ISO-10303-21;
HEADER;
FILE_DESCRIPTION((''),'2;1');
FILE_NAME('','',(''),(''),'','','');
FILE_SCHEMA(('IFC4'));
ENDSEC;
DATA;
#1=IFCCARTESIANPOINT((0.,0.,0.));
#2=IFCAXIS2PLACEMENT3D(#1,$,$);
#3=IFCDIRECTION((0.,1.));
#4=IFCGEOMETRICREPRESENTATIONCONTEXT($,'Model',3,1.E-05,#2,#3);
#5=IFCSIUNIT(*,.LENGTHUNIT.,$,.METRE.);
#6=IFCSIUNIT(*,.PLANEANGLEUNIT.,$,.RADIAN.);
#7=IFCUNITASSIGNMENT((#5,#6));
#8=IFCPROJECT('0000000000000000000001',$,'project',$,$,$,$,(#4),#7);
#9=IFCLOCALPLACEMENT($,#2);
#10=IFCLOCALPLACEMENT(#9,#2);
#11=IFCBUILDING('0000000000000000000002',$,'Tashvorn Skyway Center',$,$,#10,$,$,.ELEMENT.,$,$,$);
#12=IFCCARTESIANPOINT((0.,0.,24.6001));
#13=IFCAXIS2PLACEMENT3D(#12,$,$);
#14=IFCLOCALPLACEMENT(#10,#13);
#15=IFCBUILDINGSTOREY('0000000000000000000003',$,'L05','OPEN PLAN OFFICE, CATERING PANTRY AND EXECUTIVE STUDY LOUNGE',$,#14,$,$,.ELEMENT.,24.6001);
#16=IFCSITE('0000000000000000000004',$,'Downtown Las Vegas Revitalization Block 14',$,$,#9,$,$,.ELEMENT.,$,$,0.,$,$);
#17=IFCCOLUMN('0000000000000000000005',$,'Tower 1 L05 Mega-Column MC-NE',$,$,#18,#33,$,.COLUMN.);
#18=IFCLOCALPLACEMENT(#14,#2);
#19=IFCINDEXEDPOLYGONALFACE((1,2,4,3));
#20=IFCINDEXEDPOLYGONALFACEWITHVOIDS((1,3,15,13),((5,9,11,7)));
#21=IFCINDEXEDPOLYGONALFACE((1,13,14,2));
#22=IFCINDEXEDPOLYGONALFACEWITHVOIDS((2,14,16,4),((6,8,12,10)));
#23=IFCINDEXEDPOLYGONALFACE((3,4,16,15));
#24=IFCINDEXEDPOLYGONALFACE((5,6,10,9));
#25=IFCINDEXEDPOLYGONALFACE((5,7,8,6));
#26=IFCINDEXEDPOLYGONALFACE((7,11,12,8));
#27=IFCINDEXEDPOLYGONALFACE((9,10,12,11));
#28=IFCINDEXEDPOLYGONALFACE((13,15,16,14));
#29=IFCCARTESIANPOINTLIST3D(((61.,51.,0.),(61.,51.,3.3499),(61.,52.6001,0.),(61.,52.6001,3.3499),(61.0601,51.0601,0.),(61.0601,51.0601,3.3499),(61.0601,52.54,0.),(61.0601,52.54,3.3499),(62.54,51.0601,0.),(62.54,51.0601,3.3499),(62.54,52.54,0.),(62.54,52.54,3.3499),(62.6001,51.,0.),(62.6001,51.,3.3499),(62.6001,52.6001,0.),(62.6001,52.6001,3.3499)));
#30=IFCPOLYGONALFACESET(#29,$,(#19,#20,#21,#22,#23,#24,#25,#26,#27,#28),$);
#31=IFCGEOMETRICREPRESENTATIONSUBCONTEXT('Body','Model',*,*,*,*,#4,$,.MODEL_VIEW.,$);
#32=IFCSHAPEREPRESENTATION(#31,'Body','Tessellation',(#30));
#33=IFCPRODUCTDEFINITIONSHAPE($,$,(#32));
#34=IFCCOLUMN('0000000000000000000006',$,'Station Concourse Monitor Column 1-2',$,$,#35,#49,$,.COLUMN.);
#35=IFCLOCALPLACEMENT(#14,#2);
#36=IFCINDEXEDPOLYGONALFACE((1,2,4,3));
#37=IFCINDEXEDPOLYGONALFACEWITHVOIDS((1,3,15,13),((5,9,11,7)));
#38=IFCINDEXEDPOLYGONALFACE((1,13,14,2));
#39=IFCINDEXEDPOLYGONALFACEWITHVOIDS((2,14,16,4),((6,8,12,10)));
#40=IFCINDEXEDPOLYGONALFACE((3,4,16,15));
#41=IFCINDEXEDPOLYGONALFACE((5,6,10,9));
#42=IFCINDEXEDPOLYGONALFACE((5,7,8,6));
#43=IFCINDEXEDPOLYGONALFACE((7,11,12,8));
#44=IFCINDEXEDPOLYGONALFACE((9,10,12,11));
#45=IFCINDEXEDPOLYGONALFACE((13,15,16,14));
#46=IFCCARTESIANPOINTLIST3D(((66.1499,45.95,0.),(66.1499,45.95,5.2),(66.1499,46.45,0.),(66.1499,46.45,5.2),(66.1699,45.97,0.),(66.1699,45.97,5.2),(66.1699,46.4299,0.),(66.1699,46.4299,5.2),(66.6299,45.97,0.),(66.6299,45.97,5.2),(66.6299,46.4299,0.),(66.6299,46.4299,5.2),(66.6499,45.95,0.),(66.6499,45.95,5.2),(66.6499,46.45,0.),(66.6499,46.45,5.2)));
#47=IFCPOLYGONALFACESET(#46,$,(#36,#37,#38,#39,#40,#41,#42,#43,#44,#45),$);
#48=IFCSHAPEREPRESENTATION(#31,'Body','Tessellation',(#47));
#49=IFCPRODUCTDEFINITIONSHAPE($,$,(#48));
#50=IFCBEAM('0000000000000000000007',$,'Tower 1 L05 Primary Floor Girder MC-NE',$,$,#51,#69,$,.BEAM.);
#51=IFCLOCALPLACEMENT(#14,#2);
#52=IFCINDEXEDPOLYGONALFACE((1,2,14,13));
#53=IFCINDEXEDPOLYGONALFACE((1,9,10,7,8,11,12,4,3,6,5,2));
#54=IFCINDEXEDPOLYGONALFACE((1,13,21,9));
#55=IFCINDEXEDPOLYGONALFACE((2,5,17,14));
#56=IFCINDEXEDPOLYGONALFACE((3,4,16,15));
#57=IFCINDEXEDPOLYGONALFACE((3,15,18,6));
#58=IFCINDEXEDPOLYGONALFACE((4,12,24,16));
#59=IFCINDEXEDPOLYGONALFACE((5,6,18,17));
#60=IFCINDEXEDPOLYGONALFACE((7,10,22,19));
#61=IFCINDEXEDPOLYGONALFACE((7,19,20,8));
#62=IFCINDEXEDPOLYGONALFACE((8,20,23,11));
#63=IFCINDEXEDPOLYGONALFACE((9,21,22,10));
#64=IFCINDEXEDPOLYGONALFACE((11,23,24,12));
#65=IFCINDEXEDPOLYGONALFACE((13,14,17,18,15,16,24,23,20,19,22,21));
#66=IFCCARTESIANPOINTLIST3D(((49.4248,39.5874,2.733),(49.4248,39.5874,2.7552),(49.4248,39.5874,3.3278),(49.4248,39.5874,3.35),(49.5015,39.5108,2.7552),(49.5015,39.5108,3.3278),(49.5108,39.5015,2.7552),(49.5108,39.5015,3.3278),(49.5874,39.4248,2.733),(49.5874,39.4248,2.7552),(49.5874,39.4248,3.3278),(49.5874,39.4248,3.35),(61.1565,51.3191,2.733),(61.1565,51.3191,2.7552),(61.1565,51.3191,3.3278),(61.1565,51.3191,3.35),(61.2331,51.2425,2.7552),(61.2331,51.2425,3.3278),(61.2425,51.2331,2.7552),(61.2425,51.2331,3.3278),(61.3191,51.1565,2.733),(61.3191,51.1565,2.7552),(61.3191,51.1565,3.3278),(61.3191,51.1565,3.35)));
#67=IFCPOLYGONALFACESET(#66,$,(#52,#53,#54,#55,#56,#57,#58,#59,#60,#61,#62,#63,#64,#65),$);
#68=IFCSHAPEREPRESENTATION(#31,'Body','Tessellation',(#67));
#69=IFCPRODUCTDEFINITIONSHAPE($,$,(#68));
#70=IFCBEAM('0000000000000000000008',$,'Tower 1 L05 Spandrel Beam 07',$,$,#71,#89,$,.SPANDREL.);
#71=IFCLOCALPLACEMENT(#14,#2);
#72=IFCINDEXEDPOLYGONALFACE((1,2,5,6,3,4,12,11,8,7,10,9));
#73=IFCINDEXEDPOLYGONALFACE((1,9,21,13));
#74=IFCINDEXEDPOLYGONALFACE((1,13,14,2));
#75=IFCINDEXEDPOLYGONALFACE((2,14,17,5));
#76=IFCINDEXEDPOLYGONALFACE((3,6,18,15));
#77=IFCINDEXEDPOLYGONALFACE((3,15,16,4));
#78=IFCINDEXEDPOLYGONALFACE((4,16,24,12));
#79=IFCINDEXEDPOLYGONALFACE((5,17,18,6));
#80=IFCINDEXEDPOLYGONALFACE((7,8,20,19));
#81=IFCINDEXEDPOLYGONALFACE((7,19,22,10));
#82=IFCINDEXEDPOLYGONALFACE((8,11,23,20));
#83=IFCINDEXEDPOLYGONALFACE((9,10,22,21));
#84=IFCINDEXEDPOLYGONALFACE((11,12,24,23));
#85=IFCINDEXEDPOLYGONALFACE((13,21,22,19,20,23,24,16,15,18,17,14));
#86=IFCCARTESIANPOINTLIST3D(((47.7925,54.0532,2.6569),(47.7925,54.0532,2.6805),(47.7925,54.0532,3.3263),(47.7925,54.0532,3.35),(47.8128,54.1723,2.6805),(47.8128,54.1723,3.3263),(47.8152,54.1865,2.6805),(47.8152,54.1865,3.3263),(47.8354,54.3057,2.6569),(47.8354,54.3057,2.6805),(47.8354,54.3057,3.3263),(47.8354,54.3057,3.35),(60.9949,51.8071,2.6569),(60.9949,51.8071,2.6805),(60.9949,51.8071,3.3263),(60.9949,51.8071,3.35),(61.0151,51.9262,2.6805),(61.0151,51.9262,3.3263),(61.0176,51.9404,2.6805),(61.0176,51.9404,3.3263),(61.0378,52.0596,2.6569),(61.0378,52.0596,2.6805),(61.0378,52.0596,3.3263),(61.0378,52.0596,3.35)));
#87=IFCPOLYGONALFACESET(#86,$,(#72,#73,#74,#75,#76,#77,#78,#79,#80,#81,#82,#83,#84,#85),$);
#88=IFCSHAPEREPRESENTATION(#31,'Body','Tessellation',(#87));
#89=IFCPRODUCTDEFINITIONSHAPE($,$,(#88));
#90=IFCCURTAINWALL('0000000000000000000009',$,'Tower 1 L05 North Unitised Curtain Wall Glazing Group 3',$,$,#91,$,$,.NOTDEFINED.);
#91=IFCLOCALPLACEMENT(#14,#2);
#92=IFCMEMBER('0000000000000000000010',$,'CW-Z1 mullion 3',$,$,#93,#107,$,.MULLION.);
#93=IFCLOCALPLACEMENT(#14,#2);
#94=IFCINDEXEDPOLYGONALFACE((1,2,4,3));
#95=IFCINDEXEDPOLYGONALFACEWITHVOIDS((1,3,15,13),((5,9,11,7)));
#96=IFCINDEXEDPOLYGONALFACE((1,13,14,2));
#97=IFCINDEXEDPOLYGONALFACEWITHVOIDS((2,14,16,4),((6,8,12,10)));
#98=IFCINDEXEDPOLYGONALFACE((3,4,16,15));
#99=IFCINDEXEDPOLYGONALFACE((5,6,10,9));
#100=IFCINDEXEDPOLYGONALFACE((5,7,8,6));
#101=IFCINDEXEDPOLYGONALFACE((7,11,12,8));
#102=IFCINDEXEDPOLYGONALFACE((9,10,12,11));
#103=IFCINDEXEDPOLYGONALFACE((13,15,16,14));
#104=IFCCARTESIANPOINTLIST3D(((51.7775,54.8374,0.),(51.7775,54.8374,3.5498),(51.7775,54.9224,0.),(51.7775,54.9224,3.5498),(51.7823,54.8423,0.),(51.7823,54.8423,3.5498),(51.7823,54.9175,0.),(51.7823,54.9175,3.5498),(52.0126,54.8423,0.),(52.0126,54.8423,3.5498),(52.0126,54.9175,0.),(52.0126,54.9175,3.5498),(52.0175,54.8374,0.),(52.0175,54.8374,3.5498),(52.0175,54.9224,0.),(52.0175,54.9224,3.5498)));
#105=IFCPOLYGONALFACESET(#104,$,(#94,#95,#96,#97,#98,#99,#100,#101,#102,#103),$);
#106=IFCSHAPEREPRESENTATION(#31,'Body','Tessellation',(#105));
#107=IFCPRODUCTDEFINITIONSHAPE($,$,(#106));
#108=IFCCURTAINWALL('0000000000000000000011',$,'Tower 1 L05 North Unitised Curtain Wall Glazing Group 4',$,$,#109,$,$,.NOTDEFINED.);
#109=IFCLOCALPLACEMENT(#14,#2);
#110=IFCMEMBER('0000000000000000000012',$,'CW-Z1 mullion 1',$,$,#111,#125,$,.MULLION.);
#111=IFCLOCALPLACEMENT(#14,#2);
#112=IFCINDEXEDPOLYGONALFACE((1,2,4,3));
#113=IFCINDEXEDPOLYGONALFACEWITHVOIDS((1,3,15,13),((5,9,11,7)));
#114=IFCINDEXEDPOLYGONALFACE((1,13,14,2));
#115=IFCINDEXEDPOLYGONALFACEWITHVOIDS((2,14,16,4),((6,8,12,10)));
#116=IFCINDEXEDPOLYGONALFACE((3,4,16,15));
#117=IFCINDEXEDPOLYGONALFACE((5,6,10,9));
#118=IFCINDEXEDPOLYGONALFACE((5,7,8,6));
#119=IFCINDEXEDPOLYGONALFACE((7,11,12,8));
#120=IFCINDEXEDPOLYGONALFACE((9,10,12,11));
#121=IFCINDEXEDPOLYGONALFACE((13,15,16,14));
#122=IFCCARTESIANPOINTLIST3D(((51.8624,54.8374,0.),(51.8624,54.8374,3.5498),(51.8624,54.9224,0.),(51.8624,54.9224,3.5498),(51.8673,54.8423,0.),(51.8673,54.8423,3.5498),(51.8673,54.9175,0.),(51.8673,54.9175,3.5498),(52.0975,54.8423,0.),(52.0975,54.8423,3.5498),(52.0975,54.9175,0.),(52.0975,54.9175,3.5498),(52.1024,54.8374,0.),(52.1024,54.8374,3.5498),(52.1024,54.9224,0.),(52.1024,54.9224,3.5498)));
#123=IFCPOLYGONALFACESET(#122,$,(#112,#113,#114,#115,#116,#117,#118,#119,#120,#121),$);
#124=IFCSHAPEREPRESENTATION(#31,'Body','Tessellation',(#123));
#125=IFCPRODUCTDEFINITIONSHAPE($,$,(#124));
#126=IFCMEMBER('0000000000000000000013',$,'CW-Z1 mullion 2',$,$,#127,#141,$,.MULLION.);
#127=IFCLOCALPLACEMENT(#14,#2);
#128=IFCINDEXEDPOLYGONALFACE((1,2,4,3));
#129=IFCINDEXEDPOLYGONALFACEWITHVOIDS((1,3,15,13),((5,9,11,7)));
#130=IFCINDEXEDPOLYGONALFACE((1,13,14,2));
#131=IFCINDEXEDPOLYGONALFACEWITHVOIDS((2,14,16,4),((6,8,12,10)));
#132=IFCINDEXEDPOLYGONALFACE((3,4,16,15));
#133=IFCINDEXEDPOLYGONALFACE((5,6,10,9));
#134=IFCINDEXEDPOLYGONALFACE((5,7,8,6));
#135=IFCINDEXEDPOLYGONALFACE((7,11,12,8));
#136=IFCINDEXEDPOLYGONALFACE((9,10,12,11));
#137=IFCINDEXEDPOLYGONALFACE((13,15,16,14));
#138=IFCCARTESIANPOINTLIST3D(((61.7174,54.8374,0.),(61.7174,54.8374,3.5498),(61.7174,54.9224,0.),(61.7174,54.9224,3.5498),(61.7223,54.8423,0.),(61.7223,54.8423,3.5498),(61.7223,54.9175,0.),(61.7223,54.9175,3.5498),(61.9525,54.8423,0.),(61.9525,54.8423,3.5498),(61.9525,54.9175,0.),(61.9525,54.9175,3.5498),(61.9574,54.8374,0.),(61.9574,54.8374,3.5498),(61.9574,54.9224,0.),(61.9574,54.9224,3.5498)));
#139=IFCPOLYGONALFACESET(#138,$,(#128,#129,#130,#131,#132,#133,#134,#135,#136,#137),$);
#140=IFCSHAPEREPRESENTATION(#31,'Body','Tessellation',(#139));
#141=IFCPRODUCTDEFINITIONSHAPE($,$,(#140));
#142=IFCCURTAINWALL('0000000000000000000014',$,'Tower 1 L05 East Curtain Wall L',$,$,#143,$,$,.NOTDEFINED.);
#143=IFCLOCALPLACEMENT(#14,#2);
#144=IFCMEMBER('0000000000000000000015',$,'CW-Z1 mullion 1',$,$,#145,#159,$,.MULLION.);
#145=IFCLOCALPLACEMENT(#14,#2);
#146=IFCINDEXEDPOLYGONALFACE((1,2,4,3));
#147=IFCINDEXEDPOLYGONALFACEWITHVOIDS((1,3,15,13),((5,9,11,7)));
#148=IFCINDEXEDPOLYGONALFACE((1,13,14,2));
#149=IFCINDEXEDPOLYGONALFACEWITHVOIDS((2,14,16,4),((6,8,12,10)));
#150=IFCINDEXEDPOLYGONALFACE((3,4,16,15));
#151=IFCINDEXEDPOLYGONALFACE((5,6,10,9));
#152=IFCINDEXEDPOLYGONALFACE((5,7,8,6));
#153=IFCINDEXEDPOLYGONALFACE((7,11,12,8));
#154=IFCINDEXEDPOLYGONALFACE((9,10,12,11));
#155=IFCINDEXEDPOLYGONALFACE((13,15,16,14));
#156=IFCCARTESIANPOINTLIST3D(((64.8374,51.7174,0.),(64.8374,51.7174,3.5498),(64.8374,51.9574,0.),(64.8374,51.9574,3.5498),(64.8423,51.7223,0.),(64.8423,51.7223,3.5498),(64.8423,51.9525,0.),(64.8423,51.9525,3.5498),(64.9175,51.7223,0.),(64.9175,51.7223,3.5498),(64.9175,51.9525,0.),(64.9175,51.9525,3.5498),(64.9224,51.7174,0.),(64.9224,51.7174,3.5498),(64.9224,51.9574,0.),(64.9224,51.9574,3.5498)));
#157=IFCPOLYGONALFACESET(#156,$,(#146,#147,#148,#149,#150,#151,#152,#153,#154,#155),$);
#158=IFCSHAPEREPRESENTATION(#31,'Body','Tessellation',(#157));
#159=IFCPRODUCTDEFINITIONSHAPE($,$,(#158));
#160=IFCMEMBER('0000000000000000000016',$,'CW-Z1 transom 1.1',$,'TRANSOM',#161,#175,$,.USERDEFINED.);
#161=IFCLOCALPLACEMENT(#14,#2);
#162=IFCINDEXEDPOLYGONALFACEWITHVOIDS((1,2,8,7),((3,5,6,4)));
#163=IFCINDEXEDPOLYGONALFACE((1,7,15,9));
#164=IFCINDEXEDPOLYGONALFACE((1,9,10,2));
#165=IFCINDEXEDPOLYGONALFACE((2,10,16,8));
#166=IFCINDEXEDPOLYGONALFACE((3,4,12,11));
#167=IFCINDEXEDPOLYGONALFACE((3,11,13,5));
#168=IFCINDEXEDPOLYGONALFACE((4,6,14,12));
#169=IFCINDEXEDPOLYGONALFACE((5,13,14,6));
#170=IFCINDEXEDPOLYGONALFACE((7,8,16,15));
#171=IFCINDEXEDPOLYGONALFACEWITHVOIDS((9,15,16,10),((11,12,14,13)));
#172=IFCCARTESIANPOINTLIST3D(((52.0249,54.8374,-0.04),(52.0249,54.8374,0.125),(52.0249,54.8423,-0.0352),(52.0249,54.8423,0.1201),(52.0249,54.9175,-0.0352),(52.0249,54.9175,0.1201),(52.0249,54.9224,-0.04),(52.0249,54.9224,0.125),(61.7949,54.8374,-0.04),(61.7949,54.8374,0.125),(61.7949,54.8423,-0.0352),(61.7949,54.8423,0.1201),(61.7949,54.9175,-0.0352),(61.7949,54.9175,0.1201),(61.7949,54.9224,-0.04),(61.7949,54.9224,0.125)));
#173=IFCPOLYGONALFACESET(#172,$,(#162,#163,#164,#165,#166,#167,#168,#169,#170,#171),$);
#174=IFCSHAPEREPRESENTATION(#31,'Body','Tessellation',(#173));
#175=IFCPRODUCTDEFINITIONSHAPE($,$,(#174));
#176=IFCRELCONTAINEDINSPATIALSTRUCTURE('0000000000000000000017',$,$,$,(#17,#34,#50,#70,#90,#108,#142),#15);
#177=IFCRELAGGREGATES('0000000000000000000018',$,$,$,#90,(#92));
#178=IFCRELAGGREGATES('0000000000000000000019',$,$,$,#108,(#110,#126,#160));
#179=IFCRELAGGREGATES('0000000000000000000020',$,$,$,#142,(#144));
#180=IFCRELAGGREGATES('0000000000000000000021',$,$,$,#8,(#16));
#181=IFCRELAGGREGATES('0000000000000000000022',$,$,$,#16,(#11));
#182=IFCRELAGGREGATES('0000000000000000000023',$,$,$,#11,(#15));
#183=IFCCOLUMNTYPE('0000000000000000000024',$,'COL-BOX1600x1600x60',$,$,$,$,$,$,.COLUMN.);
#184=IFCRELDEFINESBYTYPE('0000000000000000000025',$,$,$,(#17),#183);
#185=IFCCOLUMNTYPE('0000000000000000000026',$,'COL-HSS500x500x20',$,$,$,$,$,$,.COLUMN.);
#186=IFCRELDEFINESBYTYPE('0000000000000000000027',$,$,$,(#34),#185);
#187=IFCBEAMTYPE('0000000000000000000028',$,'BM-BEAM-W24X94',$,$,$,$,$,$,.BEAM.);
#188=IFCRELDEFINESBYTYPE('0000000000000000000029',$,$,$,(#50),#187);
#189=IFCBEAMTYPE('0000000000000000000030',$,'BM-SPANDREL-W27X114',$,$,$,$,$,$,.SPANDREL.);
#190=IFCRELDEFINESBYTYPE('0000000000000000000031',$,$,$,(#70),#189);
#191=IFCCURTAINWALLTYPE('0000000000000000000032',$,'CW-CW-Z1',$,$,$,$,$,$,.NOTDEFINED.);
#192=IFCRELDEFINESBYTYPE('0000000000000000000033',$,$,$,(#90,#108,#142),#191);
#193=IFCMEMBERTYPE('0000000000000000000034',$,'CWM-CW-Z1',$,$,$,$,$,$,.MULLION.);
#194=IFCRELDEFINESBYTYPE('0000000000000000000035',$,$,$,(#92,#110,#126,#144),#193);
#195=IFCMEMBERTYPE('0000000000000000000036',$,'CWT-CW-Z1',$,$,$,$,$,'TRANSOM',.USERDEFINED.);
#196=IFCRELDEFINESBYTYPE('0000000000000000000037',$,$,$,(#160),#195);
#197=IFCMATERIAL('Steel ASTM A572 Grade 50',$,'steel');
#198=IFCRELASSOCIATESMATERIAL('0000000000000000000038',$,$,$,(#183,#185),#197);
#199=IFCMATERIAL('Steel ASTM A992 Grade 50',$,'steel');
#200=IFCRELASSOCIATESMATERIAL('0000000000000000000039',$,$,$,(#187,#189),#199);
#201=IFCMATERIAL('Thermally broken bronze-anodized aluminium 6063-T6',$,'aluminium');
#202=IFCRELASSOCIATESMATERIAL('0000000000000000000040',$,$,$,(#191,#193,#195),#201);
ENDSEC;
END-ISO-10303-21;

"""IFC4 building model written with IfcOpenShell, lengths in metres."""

from ifc_helpers import new_model, si_unit, direction, frame, origin, origin_2d, place, context, subcontext, project, spatial, hollow_rectangle, i_section, extrude, material, material_profile, profile_set, type_object, element, aggregate, save


model = new_model("IFC4")

# Units and contexts
model_context = context("Model", 3, precision=1e-05, world=origin(), true_north=direction((0.0, 1.0)))
body_context = subcontext(model_context, "Body", "Model", "MODEL_VIEW")
ifc_project = project(units=[si_unit("LENGTHUNIT", "METRE"), si_unit("PLANEANGLEUNIT", "RADIAN")], contexts=[model_context])

# Site, building, storey
site_placement = place(None, origin())
site = spatial("IfcSite", under=ifc_project, at=site_placement, Name="Downtown Las Vegas Revitalization Block 14", CompositionType="ELEMENT", RefElevation=0.0)
building_placement = place(site_placement, origin())
building = spatial("IfcBuilding", under=site, at=building_placement, Name="Tashvorn Skyway Center", CompositionType="ELEMENT")
storey_placement = place(building_placement, frame((0.0, 0.0, 24.6001)))
storey = spatial("IfcBuildingStorey", under=building, at=storey_placement, Name="L05", Description="OPEN PLAN OFFICE, CATERING PANTRY AND EXECUTIVE STUDY LOUNGE", CompositionType="ELEMENT", Elevation=24.6001)

# Columns
ifc_material_1 = material(Name="Steel ASTM A572 Grade 50", Category="steel")
ifc_material_profile_1 = material_profile(ifc_material_1, hollow_rectangle(XDim=1.6001, YDim=1.6001, WallThickness=0.0601, at=origin_2d()), Name="BOX1600x1600x60")
ifc_profile_set_1 = profile_set([ifc_material_profile_1], Name="Steel ASTM A572 Grade 50")
column_type_1 = type_object("IfcColumnType", Name="COL-BOX1600x1600x60", PredefinedType="COLUMN", material=ifc_profile_set_1)
column_1_placement = place(storey_placement, frame((61.8, 51.8, 0.0), z_axis=(0.0, 0.0, 1.0), x_axis=(1.0, 0.0, 0.0)))
element("IfcColumn", 1, at=column_1_placement, inside=storey, type_object=column_type_1, Name="Tower 1 L05 Mega-Column MC-NE", PredefinedType="COLUMN", context=body_context, shape_type="SweptSolid", body=[
    extrude(hollow_rectangle(XDim=1.6001, YDim=1.6001, WallThickness=0.0601, at=origin_2d()), origin(), (0.0, 0.0, 1.0), 3.3499),
])
ifc_material_profile_2 = material_profile(ifc_material_1, hollow_rectangle(XDim=0.5, YDim=0.5, WallThickness=0.02, at=origin_2d()), Name="HSS500x500x20")
ifc_profile_set_2 = profile_set([ifc_material_profile_2], Name="Steel ASTM A572 Grade 50")
column_type_2 = type_object("IfcColumnType", Name="COL-HSS500x500x20", PredefinedType="COLUMN", material=ifc_profile_set_2)
column_2_placement = place(storey_placement, frame((66.3999, 46.2, 0.0), z_axis=(0.0, 0.0, 1.0), x_axis=(1.0, 0.0, 0.0)))
element("IfcColumn", 2, at=column_2_placement, inside=storey, type_object=column_type_2, Name="Station Concourse Monitor Column 1-2", PredefinedType="COLUMN", context=body_context, shape_type="SweptSolid", body=[
    extrude(hollow_rectangle(XDim=0.5, YDim=0.5, WallThickness=0.02, at=origin_2d()), origin(), (0.0, 0.0, 1.0), 5.2),
])

# Beams
ifc_material_2 = material(Name="Steel ASTM A992 Grade 50", Category="steel")
ifc_material_profile_3 = material_profile(ifc_material_2, i_section(OverallWidth=0.23, OverallDepth=0.6169, WebThickness=0.0132, FlangeThickness=0.0222, at=origin_2d()), Name="W24X94")
ifc_profile_set_3 = profile_set([ifc_material_profile_3], Name="Steel ASTM A992 Grade 50")
beam_type_1 = type_object("IfcBeamType", Name="BM-BEAM-W24X94", PredefinedType="BEAM", material=ifc_profile_set_3)
beam_1_placement = place(storey_placement, frame((61.2378, 51.2378, 3.0415), z_axis=(-0.707107, -0.707107, 0.0), x_axis=(0.707107, -0.707107, 0.0)))
element("IfcBeam", 3, at=beam_1_placement, inside=storey, type_object=beam_type_1, Name="Tower 1 L05 Primary Floor Girder MC-NE", PredefinedType="BEAM", context=body_context, shape_type="SweptSolid", body=[
    extrude(i_section(OverallWidth=0.23, OverallDepth=0.6169, WebThickness=0.0132, FlangeThickness=0.0222, at=origin_2d()), origin(), (0.0, 0.0, 1.0), 16.5911),
])
ifc_material_profile_4 = material_profile(ifc_material_2, i_section(OverallWidth=0.2561, OverallDepth=0.6931, WebThickness=0.0144, FlangeThickness=0.0237, at=origin_2d()), Name="W27X114")
ifc_profile_set_4 = profile_set([ifc_material_profile_4], Name="Steel ASTM A992 Grade 50")
beam_type_2 = type_object("IfcBeamType", Name="BM-SPANDREL-W27X114", PredefinedType="SPANDREL", material=ifc_profile_set_4)
beam_2_placement = place(storey_placement, frame((61.0164, 51.9333, 3.0034), z_axis=(-0.985835, 0.167718, 0.0), x_axis=(-0.167718, -0.985835, 0.0)))
element("IfcBeam", 4, at=beam_2_placement, inside=storey, type_object=beam_type_2, Name="Tower 1 L05 Spandrel Beam 07", PredefinedType="SPANDREL", context=body_context, shape_type="SweptSolid", body=[
    extrude(i_section(OverallWidth=0.2561, OverallDepth=0.6931, WebThickness=0.0144, FlangeThickness=0.0237, at=origin_2d()), origin(), (0.0, 0.0, 1.0), 13.3921),
])

# Curtain wall, member
ifc_material_3 = material(Name="Thermally broken bronze-anodized aluminium 6063-T6", Category="aluminium")
curtain_wall_type = type_object("IfcCurtainWallType", Name="CW-CW-Z1", PredefinedType="NOTDEFINED", material=ifc_material_3)
curtain_wall_1_placement = place(storey_placement, origin())
curtain_wall_1 = element("IfcCurtainWall", 5, at=curtain_wall_1_placement, inside=storey, type_object=curtain_wall_type, Name="Tower 1 L05 North Unitised Curtain Wall Glazing Group 3", PredefinedType="NOTDEFINED")
ifc_material_profile_5 = material_profile(ifc_material_3, hollow_rectangle(XDim=0.085, YDim=0.24, WallThickness=0.0049, at=origin_2d()), Name="ALU-MULL-85x240")
ifc_profile_set_5 = profile_set([ifc_material_profile_5], Name="Thermally broken bronze-anodized aluminium 6063-T6")
member_type_1 = type_object("IfcMemberType", Name="CWM-CW-Z1", PredefinedType="MULLION", material=ifc_profile_set_5)
member_1_placement = place(storey_placement, frame((51.8975, 54.8799, 0.0), z_axis=(0.0, 0.0, 1.0), x_axis=(0.0, 1.0, 0.0)))
member_1 = element("IfcMember", 6, at=member_1_placement, type_object=member_type_1, Name="CW-Z1 mullion 3", PredefinedType="MULLION", context=body_context, shape_type="SweptSolid", body=[
    extrude(hollow_rectangle(XDim=0.085, YDim=0.24, WallThickness=0.0049, at=origin_2d()), origin(), (0.0, 0.0, 1.0), 3.5498),
])

# Curtain wall, members
curtain_wall_2_placement = place(storey_placement, origin())
curtain_wall_2 = element("IfcCurtainWall", 7, at=curtain_wall_2_placement, inside=storey, type_object=curtain_wall_type, Name="Tower 1 L05 North Unitised Curtain Wall Glazing Group 4", PredefinedType="NOTDEFINED")
member_2_placement = place(storey_placement, frame((51.9824, 54.8799, 0.0), z_axis=(0.0, 0.0, 1.0), x_axis=(0.0, 1.0, 0.0)))
member_2 = element("IfcMember", 8, at=member_2_placement, type_object=member_type_1, Name="CW-Z1 mullion 1", PredefinedType="MULLION", context=body_context, shape_type="SweptSolid", body=[
    extrude(hollow_rectangle(XDim=0.085, YDim=0.24, WallThickness=0.0049, at=origin_2d()), origin(), (0.0, 0.0, 1.0), 3.5498),
])
member_3_placement = place(storey_placement, frame((61.8374, 54.8799, 0.0), z_axis=(0.0, 0.0, 1.0), x_axis=(0.0, 1.0, 0.0)))
member_3 = element("IfcMember", 9, at=member_3_placement, type_object=member_type_1, Name="CW-Z1 mullion 2", PredefinedType="MULLION", context=body_context, shape_type="SweptSolid", body=[
    extrude(hollow_rectangle(XDim=0.085, YDim=0.24, WallThickness=0.0049, at=origin_2d()), origin(), (0.0, 0.0, 1.0), 3.5498),
])

# Curtain wall, member
curtain_wall_3_placement = place(storey_placement, origin())
curtain_wall_3 = element("IfcCurtainWall", 10, at=curtain_wall_3_placement, inside=storey, type_object=curtain_wall_type, Name="Tower 1 L05 East Curtain Wall L", PredefinedType="NOTDEFINED")
member_4_placement = place(storey_placement, frame((64.8799, 51.8374, 0.0), z_axis=(0.0, 0.0, 1.0), x_axis=(1.0, 0.0, 0.0)))
member_4 = element("IfcMember", 11, at=member_4_placement, type_object=member_type_1, Name="CW-Z1 mullion 1", PredefinedType="MULLION", context=body_context, shape_type="SweptSolid", body=[
    extrude(hollow_rectangle(XDim=0.085, YDim=0.24, WallThickness=0.0049, at=origin_2d()), origin(), (0.0, 0.0, 1.0), 3.5498),
])

# Member
ifc_material_profile_6 = material_profile(ifc_material_3, hollow_rectangle(XDim=0.085, YDim=0.165, WallThickness=0.0049, at=origin_2d()), Name="ALU-TRAN-85x165")
ifc_profile_set_6 = profile_set([ifc_material_profile_6], Name="Thermally broken bronze-anodized aluminium 6063-T6")
member_type_2 = type_object("IfcMemberType", Name="CWT-CW-Z1", ElementType="TRANSOM", PredefinedType="USERDEFINED", material=ifc_profile_set_6)
member_5_placement = place(storey_placement, frame((52.0249, 54.8799, 0.0425), z_axis=(1.0, 0.0, 0.0), x_axis=(0.0, 1.0, 0.0)))
member_5 = element("IfcMember", 12, at=member_5_placement, type_object=member_type_2, Name="CW-Z1 transom 1.1", ObjectType="TRANSOM", PredefinedType="USERDEFINED", context=body_context, shape_type="SweptSolid", body=[
    extrude(hollow_rectangle(XDim=0.085, YDim=0.165, WallThickness=0.0049, at=origin_2d()), origin(), (0.0, 0.0, 1.0), 9.77),
])

aggregate(curtain_wall_1, [member_1])
aggregate(curtain_wall_2, [member_2, member_3, member_5])
aggregate(curtain_wall_3, [member_4])

save(model, "model.ifc")
